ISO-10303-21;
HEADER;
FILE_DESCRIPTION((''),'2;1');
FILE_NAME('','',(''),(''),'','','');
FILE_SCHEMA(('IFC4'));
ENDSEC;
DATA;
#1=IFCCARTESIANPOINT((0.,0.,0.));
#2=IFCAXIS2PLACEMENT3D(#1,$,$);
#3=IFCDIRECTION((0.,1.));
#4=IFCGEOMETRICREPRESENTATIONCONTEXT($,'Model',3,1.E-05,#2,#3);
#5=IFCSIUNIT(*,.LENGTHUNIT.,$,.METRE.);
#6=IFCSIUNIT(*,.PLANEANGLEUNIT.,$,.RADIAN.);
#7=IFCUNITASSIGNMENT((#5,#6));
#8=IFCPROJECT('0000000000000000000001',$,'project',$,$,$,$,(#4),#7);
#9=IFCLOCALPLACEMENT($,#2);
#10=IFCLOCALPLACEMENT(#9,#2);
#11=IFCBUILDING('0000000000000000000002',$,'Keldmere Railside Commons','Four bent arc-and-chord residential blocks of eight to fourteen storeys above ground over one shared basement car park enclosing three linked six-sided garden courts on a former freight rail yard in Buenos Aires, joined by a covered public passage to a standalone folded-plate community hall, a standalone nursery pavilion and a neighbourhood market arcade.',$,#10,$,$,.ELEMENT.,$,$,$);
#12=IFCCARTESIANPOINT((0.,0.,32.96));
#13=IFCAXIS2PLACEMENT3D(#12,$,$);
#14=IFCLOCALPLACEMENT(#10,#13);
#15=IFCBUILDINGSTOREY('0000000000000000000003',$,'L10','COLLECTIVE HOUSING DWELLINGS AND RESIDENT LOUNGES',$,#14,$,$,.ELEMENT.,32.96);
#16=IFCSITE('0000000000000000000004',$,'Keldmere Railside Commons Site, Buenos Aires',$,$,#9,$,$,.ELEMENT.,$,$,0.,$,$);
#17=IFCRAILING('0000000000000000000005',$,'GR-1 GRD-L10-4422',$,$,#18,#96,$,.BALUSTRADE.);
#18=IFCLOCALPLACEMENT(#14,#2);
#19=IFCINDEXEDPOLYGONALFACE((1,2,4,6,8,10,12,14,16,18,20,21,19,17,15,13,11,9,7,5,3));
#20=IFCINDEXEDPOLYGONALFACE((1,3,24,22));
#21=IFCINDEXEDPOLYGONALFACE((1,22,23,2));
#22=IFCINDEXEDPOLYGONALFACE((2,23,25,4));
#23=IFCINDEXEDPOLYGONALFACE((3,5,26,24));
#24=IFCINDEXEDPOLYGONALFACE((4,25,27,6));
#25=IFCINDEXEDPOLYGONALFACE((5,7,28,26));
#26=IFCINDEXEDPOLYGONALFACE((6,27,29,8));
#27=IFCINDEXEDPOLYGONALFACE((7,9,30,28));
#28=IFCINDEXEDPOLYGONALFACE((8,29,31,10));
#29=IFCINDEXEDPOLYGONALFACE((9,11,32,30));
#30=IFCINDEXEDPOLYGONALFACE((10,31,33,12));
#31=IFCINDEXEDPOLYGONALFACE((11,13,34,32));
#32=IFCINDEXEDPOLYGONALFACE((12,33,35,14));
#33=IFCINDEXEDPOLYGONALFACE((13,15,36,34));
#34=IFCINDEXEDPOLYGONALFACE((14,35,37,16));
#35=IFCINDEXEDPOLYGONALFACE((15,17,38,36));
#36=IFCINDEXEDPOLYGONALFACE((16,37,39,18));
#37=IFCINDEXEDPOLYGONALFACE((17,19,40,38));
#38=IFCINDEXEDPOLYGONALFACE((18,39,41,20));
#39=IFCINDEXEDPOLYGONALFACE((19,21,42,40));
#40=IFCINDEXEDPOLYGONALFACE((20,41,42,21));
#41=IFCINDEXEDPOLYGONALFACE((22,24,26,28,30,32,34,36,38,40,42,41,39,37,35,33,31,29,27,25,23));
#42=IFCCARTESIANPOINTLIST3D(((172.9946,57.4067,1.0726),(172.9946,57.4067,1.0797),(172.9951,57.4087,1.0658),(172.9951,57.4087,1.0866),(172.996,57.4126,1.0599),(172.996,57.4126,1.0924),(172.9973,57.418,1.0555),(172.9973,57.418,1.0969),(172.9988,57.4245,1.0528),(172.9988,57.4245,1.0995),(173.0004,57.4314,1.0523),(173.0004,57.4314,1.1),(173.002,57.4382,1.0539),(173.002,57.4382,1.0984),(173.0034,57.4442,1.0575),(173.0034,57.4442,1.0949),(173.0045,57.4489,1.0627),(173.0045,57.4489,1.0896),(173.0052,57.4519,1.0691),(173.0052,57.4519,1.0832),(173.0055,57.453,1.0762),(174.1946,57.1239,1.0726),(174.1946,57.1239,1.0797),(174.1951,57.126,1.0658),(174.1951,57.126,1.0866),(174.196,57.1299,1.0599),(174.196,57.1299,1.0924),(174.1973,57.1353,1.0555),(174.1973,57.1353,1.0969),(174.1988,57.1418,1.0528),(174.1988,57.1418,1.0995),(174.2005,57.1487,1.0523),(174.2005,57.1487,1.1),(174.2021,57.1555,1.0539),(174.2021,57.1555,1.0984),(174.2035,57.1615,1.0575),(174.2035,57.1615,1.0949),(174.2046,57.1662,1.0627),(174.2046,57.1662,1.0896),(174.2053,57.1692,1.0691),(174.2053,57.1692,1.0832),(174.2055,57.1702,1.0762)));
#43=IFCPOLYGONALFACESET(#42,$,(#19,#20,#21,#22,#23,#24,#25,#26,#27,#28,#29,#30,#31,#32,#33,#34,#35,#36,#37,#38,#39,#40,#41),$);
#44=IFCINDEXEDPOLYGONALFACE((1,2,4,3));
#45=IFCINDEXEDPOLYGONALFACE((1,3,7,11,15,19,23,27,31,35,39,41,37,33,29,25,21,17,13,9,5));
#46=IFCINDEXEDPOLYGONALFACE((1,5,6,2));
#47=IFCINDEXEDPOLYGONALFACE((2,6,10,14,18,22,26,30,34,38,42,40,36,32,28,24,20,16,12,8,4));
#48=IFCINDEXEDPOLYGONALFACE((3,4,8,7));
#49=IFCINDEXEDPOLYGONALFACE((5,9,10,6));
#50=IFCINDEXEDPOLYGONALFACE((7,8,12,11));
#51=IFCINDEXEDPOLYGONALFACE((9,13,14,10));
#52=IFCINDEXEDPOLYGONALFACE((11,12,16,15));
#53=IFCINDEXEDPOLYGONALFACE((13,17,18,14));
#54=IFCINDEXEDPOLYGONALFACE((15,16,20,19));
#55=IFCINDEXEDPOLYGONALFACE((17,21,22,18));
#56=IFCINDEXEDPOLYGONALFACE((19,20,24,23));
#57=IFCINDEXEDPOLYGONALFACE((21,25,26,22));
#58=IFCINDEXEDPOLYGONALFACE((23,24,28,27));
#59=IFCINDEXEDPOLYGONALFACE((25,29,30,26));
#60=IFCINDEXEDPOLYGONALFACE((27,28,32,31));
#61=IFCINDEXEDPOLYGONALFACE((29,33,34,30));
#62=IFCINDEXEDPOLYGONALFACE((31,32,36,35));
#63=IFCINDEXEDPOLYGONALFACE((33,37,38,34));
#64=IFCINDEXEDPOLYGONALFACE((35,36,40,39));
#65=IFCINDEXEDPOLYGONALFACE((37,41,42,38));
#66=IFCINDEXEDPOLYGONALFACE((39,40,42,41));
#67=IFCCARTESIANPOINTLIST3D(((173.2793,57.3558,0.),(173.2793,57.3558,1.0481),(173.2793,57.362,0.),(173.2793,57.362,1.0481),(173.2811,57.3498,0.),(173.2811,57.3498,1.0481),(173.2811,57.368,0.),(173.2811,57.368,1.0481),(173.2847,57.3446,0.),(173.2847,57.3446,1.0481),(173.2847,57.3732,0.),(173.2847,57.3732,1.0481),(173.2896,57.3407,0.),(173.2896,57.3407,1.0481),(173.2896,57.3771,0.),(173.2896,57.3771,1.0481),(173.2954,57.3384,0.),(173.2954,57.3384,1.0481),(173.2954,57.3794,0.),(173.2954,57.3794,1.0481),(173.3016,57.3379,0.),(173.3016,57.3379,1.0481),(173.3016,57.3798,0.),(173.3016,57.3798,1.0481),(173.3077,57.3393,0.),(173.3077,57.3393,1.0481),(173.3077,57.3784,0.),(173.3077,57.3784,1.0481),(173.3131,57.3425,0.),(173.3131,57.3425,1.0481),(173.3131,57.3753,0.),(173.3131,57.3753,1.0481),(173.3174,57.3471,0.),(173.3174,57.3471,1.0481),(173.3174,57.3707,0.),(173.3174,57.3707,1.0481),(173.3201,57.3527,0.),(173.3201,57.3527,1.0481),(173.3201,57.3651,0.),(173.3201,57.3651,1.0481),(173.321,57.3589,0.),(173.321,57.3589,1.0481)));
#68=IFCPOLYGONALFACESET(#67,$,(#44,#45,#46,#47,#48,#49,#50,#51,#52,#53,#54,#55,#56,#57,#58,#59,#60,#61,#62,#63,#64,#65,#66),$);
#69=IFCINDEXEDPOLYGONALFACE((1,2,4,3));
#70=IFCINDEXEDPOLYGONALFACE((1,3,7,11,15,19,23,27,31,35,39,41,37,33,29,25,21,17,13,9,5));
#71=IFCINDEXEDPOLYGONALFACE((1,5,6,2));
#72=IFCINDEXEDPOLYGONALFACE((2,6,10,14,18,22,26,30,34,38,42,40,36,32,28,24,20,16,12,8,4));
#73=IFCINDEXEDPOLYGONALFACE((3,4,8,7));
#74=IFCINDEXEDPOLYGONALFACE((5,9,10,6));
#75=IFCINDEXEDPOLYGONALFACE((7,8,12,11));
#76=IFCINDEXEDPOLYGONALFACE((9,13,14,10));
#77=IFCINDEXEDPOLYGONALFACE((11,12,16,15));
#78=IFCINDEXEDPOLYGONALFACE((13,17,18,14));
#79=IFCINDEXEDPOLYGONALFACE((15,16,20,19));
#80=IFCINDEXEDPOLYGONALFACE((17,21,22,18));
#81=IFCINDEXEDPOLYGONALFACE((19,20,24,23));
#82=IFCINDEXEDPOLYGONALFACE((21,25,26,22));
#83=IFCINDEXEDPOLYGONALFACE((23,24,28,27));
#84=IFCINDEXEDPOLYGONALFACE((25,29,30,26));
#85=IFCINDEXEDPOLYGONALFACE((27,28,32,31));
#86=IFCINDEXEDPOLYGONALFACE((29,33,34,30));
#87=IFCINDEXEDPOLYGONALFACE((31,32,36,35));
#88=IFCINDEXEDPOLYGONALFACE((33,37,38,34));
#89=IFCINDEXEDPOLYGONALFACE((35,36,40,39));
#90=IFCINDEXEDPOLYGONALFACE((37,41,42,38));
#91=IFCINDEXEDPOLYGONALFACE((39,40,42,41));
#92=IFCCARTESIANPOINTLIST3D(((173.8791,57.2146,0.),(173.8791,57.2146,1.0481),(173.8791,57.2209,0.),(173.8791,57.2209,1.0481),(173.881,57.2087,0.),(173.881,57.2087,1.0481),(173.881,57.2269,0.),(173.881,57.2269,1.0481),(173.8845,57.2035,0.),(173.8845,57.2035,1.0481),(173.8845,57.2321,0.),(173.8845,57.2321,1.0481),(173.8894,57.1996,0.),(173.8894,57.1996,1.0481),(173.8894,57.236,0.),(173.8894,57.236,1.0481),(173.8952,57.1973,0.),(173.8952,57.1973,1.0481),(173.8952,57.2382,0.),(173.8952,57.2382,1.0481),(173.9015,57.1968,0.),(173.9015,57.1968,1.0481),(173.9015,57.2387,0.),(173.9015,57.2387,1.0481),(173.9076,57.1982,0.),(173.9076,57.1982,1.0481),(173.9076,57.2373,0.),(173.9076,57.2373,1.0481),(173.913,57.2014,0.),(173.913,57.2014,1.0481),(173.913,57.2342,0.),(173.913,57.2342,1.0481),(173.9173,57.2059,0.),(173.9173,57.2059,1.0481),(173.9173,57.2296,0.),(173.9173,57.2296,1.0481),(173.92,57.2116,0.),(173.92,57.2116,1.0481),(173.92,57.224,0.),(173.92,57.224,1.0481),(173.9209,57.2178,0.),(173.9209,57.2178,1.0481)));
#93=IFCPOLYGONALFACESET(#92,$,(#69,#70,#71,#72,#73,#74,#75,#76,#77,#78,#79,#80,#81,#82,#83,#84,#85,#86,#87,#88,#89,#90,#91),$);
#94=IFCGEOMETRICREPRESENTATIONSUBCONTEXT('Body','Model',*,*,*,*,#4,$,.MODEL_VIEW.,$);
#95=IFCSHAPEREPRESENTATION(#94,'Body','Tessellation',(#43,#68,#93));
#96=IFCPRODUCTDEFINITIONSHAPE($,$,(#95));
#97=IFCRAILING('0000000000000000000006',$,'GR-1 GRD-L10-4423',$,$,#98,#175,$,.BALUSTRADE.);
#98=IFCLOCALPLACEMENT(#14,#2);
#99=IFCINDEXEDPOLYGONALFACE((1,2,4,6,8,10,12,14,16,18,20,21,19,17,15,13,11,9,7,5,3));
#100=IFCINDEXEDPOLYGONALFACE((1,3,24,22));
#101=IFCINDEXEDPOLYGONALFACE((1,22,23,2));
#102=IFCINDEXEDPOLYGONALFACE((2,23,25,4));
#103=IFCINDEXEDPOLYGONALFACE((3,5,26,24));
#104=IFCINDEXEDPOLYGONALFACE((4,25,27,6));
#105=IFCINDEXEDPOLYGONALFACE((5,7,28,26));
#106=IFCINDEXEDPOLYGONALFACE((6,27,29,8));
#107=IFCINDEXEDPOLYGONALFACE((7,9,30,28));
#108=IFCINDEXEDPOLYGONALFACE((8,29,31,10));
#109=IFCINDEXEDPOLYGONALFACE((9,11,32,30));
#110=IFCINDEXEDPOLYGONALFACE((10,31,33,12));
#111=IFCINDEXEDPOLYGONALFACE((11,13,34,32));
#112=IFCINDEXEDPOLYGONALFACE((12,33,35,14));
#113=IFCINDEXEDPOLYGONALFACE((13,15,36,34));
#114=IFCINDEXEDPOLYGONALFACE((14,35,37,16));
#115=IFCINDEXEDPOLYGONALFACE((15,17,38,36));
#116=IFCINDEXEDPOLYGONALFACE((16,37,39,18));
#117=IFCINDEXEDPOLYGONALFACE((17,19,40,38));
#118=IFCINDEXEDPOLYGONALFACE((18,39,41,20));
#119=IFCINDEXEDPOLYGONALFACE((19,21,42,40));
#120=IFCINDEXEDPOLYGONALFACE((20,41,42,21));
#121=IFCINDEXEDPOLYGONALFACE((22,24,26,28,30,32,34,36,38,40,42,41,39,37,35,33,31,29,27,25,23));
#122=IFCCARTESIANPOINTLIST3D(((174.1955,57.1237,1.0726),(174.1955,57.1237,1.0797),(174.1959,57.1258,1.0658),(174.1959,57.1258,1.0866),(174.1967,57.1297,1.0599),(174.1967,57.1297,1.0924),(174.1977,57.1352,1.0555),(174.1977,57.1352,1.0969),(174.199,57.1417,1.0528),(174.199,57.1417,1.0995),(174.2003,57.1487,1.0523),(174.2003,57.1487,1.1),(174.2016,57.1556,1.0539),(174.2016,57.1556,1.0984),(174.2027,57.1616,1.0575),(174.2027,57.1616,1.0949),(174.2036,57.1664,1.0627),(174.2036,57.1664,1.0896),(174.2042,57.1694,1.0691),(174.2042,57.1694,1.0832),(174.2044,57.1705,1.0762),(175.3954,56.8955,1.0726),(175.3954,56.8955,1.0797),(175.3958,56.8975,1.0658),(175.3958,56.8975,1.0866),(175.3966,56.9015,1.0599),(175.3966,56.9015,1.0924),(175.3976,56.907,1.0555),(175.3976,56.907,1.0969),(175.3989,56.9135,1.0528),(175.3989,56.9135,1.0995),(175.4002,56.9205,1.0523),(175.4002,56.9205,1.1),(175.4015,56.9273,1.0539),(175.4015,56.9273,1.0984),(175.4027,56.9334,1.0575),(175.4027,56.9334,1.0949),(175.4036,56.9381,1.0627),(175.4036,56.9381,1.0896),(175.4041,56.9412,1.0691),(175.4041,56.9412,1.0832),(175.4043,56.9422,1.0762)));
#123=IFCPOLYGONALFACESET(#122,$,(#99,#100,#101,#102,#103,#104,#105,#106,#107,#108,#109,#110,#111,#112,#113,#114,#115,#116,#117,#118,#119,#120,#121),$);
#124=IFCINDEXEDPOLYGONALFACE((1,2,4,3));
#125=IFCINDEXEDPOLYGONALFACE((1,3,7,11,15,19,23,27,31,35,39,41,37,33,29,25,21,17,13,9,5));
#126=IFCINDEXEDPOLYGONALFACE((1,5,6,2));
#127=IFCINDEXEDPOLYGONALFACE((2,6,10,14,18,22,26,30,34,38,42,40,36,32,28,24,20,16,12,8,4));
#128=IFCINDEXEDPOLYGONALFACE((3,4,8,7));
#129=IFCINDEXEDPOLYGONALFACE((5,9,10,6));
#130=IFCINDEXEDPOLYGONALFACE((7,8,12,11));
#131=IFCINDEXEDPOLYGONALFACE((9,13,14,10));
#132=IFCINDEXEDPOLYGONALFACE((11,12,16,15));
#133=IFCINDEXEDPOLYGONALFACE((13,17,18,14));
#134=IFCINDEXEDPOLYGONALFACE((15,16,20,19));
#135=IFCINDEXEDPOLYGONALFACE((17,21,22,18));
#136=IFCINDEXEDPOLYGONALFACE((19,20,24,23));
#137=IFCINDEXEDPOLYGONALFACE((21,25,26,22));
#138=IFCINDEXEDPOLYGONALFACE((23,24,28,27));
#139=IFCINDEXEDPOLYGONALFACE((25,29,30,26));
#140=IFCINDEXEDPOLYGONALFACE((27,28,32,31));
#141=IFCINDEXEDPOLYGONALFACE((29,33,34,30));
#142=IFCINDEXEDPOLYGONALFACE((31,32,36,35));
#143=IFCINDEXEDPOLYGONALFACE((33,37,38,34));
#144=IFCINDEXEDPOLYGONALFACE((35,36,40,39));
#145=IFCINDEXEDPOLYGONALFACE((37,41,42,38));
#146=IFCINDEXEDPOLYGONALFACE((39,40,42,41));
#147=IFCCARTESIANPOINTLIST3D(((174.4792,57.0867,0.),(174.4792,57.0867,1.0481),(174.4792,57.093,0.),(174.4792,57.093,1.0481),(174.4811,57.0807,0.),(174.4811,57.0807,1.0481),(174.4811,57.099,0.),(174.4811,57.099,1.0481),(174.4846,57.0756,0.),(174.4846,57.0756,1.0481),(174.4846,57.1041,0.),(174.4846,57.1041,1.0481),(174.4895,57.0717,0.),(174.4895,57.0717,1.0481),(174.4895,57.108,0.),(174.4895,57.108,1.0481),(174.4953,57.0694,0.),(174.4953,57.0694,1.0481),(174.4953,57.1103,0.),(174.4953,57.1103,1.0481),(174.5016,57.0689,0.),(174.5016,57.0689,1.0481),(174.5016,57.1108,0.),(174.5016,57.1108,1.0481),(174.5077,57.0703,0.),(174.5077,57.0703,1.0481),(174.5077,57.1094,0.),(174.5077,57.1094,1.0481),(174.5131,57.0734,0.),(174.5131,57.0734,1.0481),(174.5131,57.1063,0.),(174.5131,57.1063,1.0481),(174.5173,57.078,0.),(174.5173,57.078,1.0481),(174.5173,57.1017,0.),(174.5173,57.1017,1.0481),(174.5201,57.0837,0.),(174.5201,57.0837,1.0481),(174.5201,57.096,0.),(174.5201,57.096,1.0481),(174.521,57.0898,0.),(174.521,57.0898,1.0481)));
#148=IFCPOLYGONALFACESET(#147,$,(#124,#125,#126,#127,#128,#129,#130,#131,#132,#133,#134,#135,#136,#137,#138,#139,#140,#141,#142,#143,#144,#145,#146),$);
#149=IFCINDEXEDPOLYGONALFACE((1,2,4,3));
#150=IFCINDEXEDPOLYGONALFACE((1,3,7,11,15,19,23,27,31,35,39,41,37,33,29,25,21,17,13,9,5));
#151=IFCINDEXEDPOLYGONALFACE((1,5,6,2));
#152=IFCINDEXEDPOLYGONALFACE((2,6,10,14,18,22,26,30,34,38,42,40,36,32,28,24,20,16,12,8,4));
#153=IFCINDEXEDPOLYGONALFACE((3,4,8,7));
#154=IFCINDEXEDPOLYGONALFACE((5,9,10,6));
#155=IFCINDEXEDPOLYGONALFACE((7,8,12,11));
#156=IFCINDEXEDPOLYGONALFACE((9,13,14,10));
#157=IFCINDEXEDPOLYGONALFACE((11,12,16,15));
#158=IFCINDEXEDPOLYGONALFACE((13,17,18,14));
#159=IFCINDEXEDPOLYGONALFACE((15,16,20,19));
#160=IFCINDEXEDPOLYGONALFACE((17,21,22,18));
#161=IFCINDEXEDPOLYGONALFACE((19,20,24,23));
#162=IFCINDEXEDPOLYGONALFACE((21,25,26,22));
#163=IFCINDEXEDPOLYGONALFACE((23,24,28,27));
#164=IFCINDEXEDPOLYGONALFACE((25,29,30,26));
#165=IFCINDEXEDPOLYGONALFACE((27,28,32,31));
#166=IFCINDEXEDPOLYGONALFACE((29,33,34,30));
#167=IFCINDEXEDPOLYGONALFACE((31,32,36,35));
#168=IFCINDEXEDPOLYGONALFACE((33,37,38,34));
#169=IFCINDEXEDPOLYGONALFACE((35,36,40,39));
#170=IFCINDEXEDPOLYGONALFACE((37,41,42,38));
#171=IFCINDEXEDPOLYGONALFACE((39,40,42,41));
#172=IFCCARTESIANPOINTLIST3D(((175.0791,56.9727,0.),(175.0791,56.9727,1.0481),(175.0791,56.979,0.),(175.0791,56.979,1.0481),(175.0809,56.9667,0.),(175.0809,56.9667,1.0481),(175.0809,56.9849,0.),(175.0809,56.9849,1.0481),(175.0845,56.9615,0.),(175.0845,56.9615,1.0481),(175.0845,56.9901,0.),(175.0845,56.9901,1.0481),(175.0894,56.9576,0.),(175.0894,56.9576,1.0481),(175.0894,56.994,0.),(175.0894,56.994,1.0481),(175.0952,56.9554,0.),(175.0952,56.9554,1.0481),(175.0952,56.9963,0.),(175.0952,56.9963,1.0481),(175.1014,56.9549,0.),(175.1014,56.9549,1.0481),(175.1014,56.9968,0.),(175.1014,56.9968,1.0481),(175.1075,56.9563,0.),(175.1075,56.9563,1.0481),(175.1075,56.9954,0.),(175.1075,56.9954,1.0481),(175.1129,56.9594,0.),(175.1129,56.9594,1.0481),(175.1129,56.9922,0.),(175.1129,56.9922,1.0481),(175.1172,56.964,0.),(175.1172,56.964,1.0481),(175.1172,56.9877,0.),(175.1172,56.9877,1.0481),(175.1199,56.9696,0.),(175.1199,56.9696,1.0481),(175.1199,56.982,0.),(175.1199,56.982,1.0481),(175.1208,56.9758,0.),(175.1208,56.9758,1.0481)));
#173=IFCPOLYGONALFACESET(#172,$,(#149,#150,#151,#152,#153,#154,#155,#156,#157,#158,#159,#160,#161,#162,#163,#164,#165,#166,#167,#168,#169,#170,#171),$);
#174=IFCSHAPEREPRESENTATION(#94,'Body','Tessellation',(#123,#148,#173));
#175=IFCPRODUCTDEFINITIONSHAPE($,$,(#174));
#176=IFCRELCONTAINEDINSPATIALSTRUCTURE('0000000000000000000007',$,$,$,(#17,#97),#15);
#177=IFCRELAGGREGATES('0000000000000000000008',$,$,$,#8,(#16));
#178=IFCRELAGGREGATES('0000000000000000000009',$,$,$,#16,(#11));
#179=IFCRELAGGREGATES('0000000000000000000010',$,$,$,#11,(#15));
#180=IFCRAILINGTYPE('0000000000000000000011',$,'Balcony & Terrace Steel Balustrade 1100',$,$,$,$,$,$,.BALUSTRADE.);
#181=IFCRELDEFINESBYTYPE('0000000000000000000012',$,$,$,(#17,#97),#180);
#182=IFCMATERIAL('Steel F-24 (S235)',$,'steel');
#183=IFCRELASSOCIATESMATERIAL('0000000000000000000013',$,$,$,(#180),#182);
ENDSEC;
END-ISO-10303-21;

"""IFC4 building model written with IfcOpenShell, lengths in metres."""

from ifc_helpers import new_model, si_unit, direction, frame, origin, origin_2d, place, context, subcontext, project, spatial, circle, extrude, material, type_object, element, save


model = new_model("IFC4")

# Units and contexts
model_context = context("Model", 3, precision=1e-05, world=origin(), true_north=direction((0.0, 1.0)))
body_context = subcontext(model_context, "Body", "Model", "MODEL_VIEW")
ifc_project = project(units=[si_unit("LENGTHUNIT", "METRE"), si_unit("PLANEANGLEUNIT", "RADIAN")], contexts=[model_context])

# Site, building, storey
site_placement = place(None, origin())
site = spatial("IfcSite", under=ifc_project, at=site_placement, Name="Keldmere Railside Commons Site, Buenos Aires", CompositionType="ELEMENT", RefElevation=0.0)
building_placement = place(site_placement, origin())
building = spatial("IfcBuilding", under=site, at=building_placement, Name="Keldmere Railside Commons", Description="Four bent arc-and-chord residential blocks of eight to fourteen storeys above ground over one shared basement car park enclosing three linked six-sided garden courts on a former freight rail yard in Buenos Aires, joined by a covered public passage to a standalone folded-plate community hall, a standalone nursery pavilion and a neighbourhood market arcade.", CompositionType="ELEMENT")
storey_placement = place(building_placement, frame((0.0, 0.0, 32.96)))
storey = spatial("IfcBuildingStorey", under=building, at=storey_placement, Name="L10", Description="COLLECTIVE HOUSING DWELLINGS AND RESIDENT LOUNGES", CompositionType="ELEMENT", Elevation=32.96)

# Railings
ifc_material_1 = material(Name="Steel F-24 (S235)", Category="steel")
railing_type = type_object("IfcRailingType", Name="Balcony & Terrace Steel Balustrade 1100", PredefinedType="BALUSTRADE", material=ifc_material_1)
railing_1_placement = place(storey_placement, frame((173.0, 57.4297, 0.0)))
element("IfcRailing", 1, at=railing_1_placement, inside=storey, type_object=railing_type, Name="GR-1 GRD-L10-4422", PredefinedType="BALUSTRADE", context=body_context, shape_type="SweptSolid", body=[
    extrude(circle(Radius=0.0239, at=origin_2d()), frame((0.0, 0.0, 1.0762), z_axis=(0.97335, -0.229326, 0.0), x_axis=(0.229326, 0.97335, 0.0)), (0.0, 0.0, 1.0), 1.2329),
    extrude(circle(Radius=0.021, at=origin_2d()), frame((0.3, -0.0708, 0.0)), (0.0, 0.0, 1.0), 1.0481),
    extrude(circle(Radius=0.021, at=origin_2d()), frame((0.8999, -0.2119, 0.0)), (0.0, 0.0, 1.0), 1.0481),
])
railing_2_placement = place(storey_placement, frame((174.2, 57.147, 0.0)))
element("IfcRailing", 2, at=railing_2_placement, inside=storey, type_object=railing_type, Name="GR-1 GRD-L10-4423", PredefinedType="BALUSTRADE", context=body_context, shape_type="SweptSolid", body=[
    extrude(circle(Radius=0.0239, at=origin_2d()), frame((0.0, 0.0, 1.0762), z_axis=(0.982382, -0.186882, 0.0), x_axis=(0.186882, 0.982382, 0.0)), (0.0, 0.0, 1.0), 1.2214),
    extrude(circle(Radius=0.021, at=origin_2d()), frame((0.3, -0.0571, 0.0)), (0.0, 0.0, 1.0), 1.0481),
    extrude(circle(Radius=0.021, at=origin_2d()), frame((0.8999, -0.1711, 0.0)), (0.0, 0.0, 1.0), 1.0481),
])

save(model, "model.ifc")
